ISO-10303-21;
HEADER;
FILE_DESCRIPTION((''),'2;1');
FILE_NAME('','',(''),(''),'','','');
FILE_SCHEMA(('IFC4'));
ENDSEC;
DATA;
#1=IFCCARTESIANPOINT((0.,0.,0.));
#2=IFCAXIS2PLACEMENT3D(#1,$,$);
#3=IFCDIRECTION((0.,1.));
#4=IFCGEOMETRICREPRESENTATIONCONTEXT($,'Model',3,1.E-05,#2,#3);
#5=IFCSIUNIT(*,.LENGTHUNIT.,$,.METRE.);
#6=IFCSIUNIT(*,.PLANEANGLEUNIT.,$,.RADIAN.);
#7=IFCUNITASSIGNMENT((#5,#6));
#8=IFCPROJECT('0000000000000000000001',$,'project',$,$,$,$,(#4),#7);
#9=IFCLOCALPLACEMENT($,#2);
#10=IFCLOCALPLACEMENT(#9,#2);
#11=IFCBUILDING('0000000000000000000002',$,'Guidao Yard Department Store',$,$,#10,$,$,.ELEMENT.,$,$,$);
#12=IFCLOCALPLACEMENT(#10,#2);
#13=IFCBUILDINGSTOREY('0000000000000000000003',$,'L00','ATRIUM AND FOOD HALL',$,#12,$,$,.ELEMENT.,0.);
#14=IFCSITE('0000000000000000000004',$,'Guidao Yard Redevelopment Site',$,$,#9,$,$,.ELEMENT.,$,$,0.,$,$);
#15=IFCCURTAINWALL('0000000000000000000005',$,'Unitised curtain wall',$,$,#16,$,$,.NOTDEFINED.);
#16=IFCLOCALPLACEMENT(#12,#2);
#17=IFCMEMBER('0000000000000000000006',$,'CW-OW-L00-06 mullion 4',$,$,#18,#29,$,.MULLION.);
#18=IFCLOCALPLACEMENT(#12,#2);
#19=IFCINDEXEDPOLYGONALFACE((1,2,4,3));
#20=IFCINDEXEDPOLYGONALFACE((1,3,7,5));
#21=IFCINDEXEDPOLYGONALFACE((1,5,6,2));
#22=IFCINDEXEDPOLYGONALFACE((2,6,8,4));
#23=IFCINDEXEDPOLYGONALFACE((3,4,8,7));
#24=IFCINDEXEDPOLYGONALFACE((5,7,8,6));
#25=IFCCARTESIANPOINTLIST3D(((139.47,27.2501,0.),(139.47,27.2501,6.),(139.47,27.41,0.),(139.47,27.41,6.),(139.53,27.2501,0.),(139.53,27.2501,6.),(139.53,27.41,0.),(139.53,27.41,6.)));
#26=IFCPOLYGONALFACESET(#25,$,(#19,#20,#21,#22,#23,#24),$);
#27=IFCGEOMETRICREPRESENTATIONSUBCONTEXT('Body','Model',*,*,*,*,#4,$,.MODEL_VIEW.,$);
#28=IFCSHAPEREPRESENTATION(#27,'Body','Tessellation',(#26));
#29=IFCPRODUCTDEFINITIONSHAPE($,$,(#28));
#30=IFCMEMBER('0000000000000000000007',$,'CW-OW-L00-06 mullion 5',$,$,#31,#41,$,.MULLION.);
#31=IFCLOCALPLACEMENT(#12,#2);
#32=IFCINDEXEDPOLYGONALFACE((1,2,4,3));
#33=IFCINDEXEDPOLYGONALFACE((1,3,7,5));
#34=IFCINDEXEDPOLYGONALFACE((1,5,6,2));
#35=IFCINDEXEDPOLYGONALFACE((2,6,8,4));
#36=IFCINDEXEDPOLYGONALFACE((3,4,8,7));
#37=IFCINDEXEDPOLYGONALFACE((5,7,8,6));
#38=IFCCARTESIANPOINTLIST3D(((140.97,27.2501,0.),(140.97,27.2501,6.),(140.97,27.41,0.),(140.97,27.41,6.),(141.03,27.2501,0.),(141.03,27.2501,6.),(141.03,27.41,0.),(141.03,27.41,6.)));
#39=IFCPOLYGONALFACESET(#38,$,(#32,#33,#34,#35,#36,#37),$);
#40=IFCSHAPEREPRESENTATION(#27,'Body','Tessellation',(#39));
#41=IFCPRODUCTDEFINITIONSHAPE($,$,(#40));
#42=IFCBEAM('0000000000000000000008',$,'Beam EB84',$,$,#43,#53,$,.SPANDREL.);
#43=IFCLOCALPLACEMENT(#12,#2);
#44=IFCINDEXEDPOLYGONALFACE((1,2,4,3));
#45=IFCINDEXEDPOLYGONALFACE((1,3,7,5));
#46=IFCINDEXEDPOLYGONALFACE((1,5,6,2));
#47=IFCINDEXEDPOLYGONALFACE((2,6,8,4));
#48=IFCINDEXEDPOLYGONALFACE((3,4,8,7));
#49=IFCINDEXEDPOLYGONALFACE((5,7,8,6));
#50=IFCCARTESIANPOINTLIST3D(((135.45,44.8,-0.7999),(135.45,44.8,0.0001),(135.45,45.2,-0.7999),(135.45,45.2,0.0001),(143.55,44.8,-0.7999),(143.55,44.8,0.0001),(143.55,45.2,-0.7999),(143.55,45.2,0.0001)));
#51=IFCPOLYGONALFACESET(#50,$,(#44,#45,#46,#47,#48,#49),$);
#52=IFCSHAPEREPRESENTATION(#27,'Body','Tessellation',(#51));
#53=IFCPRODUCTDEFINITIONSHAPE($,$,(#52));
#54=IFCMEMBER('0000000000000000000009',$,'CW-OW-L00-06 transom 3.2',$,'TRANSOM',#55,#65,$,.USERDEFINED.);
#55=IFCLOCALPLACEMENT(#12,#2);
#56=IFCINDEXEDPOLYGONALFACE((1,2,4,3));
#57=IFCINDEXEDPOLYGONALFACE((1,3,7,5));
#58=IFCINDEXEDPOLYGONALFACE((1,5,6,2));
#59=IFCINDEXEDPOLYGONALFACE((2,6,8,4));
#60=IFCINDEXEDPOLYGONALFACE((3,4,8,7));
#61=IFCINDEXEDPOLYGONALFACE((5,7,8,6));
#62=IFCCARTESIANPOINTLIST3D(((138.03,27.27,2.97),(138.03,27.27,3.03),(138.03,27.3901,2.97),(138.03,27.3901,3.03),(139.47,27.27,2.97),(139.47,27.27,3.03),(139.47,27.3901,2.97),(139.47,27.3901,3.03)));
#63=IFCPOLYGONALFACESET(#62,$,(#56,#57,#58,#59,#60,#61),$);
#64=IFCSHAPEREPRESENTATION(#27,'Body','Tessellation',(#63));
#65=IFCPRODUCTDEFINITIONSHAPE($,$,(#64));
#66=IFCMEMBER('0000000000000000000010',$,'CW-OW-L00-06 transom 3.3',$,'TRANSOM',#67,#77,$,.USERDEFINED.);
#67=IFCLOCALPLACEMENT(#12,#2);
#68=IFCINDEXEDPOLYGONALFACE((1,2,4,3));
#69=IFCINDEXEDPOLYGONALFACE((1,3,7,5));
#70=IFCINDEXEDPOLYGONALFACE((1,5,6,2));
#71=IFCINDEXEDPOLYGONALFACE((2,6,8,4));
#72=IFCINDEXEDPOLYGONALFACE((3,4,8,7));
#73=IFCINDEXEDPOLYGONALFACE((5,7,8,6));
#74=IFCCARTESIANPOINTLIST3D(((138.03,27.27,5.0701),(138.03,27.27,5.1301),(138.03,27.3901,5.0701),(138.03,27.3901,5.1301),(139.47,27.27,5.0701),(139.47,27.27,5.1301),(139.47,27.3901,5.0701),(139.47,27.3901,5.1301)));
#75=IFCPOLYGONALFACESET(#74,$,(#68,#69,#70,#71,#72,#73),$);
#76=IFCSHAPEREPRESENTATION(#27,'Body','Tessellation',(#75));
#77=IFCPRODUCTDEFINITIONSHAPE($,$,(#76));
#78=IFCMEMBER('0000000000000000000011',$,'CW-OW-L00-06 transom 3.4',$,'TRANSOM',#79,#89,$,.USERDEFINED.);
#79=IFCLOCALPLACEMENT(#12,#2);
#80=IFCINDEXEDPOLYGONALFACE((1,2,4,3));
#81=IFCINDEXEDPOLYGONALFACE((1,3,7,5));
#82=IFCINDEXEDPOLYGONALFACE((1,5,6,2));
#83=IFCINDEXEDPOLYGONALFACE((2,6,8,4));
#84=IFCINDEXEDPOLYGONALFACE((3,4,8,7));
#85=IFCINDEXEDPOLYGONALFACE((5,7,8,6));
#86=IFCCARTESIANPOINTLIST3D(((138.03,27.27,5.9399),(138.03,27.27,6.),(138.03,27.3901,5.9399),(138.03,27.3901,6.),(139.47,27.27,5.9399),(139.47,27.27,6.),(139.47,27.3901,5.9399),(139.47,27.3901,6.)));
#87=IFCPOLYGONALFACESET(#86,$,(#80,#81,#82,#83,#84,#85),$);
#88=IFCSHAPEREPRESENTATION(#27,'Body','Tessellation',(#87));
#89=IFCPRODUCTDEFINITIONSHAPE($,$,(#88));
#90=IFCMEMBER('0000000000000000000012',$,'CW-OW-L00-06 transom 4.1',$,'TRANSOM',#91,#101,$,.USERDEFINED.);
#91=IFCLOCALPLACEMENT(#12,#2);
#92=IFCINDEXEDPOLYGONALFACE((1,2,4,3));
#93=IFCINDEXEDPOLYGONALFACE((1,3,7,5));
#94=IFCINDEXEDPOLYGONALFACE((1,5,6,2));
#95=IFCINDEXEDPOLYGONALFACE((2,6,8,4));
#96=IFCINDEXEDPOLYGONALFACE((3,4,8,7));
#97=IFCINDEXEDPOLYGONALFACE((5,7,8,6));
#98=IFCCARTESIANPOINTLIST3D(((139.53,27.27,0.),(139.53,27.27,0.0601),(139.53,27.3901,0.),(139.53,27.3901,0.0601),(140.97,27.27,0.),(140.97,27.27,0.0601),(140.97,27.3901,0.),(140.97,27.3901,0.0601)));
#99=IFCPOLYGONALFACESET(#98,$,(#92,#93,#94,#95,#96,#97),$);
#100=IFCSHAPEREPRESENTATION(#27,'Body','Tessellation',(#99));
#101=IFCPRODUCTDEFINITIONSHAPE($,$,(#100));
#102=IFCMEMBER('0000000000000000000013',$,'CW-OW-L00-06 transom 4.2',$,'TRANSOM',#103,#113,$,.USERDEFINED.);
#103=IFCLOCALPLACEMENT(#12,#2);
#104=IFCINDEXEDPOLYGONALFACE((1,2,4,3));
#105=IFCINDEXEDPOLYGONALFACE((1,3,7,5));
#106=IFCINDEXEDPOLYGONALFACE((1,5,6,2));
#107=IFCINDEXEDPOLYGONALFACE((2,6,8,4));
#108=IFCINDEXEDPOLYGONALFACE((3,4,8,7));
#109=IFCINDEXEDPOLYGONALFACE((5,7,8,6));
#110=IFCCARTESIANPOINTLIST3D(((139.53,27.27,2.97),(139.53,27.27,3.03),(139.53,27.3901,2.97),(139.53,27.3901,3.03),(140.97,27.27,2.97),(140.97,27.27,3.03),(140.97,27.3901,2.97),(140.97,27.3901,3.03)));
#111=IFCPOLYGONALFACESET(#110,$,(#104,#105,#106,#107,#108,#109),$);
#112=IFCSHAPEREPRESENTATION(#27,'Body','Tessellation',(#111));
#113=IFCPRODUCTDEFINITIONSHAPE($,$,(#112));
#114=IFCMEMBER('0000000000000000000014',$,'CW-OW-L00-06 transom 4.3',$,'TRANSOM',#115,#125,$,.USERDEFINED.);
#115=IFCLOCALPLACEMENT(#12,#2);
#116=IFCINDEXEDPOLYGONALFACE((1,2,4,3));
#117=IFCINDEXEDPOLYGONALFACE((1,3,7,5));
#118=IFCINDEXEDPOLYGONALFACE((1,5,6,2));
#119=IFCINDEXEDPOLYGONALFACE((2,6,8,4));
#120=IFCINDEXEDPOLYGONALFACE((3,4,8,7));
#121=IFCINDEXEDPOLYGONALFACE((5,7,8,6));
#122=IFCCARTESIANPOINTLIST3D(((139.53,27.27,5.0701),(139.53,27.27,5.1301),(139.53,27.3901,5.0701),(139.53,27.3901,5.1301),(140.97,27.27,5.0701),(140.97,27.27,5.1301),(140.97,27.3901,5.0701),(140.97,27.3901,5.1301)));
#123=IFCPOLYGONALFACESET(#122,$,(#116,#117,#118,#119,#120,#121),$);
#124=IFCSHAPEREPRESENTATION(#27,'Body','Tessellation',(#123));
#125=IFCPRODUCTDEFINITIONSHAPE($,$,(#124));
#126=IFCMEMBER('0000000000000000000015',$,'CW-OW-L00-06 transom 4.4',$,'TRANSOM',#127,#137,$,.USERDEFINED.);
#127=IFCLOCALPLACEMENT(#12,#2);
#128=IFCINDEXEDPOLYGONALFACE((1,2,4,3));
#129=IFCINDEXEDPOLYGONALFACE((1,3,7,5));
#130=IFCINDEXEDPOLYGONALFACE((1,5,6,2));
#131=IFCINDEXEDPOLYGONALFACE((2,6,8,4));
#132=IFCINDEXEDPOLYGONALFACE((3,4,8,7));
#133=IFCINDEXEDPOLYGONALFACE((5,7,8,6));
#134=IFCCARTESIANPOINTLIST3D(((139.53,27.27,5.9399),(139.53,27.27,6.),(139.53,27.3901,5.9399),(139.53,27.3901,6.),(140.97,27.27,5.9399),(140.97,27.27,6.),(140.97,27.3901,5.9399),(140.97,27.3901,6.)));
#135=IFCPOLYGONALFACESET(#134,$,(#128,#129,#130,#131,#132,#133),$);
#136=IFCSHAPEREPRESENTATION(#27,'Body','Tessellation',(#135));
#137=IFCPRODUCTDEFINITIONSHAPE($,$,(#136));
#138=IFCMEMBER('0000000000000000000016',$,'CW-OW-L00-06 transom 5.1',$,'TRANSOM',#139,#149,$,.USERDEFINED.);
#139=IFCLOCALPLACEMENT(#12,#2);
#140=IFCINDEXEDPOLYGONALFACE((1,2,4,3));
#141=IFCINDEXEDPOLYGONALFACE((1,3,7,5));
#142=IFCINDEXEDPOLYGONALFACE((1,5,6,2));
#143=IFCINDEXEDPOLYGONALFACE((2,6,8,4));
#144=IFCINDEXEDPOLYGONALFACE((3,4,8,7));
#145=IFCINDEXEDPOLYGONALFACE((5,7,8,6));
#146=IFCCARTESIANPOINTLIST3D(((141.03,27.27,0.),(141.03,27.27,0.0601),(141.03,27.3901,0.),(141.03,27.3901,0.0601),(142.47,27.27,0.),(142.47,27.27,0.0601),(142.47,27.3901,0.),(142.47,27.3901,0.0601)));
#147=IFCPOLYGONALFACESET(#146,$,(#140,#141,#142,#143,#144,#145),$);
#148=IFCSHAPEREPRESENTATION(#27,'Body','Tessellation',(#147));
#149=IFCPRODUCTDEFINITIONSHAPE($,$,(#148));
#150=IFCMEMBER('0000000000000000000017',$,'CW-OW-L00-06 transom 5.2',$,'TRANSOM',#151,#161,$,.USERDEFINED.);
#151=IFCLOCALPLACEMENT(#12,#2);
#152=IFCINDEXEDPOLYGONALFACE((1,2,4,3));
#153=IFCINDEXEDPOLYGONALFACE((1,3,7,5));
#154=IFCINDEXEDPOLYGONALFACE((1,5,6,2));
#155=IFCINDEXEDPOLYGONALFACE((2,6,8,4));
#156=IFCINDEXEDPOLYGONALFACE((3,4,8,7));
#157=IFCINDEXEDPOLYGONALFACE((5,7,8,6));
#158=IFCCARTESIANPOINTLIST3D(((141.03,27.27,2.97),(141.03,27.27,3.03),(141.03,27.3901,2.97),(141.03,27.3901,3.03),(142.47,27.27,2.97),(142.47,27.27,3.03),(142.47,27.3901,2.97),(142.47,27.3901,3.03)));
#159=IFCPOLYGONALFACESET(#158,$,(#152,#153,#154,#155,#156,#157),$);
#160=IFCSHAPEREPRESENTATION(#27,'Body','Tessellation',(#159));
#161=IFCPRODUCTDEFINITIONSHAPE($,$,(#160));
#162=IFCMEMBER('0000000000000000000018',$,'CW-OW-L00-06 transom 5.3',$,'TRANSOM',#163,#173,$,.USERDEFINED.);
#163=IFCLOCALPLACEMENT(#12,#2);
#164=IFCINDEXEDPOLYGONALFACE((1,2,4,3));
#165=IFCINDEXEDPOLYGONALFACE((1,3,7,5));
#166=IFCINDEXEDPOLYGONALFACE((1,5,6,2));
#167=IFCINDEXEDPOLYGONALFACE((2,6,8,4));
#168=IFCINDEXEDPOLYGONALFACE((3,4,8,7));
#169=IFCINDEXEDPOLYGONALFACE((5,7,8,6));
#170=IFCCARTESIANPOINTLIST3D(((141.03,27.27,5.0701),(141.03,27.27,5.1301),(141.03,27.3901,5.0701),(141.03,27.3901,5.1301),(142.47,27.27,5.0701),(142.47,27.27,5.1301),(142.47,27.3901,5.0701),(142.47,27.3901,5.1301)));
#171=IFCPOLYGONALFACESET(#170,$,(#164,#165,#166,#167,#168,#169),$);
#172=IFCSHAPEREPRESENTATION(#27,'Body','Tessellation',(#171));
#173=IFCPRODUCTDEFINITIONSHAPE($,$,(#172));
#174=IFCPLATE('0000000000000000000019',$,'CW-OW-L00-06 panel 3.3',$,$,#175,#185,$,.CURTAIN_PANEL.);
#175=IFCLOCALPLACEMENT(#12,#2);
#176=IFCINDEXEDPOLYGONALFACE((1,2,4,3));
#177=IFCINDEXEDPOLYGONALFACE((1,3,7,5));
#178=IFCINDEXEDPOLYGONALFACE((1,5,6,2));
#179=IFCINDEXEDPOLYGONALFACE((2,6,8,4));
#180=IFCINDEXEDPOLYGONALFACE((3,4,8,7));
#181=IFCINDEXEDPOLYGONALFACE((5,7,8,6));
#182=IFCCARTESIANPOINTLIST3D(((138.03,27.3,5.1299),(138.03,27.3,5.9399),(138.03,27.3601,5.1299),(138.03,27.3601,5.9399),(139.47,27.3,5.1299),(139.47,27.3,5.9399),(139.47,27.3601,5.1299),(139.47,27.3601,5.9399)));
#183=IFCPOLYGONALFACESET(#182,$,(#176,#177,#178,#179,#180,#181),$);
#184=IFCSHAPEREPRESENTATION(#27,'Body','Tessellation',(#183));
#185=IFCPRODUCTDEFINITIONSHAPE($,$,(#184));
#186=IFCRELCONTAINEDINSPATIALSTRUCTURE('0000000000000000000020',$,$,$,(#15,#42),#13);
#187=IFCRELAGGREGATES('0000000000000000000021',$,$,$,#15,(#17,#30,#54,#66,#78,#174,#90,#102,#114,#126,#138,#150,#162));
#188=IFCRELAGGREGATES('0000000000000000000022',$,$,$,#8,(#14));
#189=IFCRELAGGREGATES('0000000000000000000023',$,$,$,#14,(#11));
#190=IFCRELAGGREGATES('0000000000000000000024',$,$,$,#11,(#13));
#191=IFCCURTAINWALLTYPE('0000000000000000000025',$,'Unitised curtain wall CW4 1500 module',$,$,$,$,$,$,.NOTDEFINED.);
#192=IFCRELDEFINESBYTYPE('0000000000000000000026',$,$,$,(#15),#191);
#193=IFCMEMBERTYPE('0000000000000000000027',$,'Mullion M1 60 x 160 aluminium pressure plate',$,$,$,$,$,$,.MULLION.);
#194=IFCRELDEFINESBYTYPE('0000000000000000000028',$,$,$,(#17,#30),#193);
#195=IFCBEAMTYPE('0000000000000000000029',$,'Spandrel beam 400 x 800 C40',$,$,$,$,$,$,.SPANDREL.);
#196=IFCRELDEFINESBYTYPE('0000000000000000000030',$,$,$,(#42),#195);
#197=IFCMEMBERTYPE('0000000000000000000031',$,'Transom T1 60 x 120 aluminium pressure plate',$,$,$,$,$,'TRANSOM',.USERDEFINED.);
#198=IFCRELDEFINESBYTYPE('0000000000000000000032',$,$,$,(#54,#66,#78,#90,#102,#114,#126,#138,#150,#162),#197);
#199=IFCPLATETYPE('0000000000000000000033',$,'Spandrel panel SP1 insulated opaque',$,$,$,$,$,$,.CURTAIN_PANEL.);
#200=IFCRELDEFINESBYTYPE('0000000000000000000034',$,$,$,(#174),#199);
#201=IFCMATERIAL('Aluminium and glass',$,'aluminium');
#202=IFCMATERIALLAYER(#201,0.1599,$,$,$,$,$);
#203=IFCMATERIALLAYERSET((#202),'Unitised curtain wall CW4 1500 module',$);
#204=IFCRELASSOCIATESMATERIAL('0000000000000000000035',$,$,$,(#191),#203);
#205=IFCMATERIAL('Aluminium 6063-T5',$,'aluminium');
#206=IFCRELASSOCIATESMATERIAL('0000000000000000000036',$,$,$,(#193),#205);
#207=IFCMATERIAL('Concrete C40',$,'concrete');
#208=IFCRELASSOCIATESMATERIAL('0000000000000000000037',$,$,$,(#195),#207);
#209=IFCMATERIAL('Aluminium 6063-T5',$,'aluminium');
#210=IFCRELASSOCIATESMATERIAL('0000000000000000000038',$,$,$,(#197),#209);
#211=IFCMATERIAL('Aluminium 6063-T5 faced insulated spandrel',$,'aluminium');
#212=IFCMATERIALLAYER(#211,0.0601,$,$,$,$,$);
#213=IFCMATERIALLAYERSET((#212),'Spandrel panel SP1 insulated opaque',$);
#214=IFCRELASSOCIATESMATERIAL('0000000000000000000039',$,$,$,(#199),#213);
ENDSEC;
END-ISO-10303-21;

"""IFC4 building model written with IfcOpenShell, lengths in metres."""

from ifc_helpers import new_model, si_unit, direction, frame, origin, origin_2d, place, context, subcontext, project, spatial, rectangle, extrude, material, layer, layer_set, material_profile, profile_set, type_object, element, aggregate, save


model = new_model("IFC4")

# Units and contexts
model_context = context("Model", 3, precision=1e-05, world=origin(), true_north=direction((0.0, 1.0)))
body_context = subcontext(model_context, "Body", "Model", "MODEL_VIEW")
ifc_project = project(units=[si_unit("LENGTHUNIT", "METRE"), si_unit("PLANEANGLEUNIT", "RADIAN")], contexts=[model_context])

# Site, building, storey
site_placement = place(None, origin())
site = spatial("IfcSite", under=ifc_project, at=site_placement, Name="Guidao Yard Redevelopment Site", CompositionType="ELEMENT", RefElevation=0.0)
building_placement = place(site_placement, origin())
building = spatial("IfcBuilding", under=site, at=building_placement, Name="Guidao Yard Department Store", CompositionType="ELEMENT")
storey_placement = place(building_placement, origin())
storey = spatial("IfcBuildingStorey", under=building, at=storey_placement, Name="L00", Description="ATRIUM AND FOOD HALL", CompositionType="ELEMENT", Elevation=0.0)

# Curtain wall, members
ifc_material_1 = material(Name="Aluminium and glass", Category="aluminium")
ifc_layer_1 = layer(ifc_material_1, 0.1599)
ifc_layer_set_1 = layer_set([ifc_layer_1], Name="Unitised curtain wall CW4 1500 module")
curtain_wall_type = type_object("IfcCurtainWallType", Name="Unitised curtain wall CW4 1500 module", PredefinedType="NOTDEFINED", material=ifc_layer_set_1)
curtain_wall_placement = place(storey_placement, origin())
curtain_wall = element("IfcCurtainWall", 1, at=curtain_wall_placement, inside=storey, type_object=curtain_wall_type, Name="Unitised curtain wall", PredefinedType="NOTDEFINED")
ifc_material_2 = material(Name="Aluminium 6063-T5", Category="aluminium")
ifc_material_profile_1 = material_profile(ifc_material_2, rectangle(XDim=0.0601, YDim=0.1599, at=origin_2d()), Name="Mullion M1 60 x 160 aluminium pressure plate")
ifc_profile_set_1 = profile_set([ifc_material_profile_1], Name="Aluminium 6063-T5")
member_type_1 = type_object("IfcMemberType", Name="Mullion M1 60 x 160 aluminium pressure plate", PredefinedType="MULLION", material=ifc_profile_set_1)
member_1_placement = place(storey_placement, frame((139.5, 27.3301, 0.0), z_axis=(0.0, 0.0, 1.0), x_axis=(1.0, 0.0, 0.0)))
member_1 = element("IfcMember", 2, at=member_1_placement, type_object=member_type_1, Name="CW-OW-L00-06 mullion 4", PredefinedType="MULLION", context=body_context, shape_type="SweptSolid", body=[
    extrude(rectangle(XDim=0.0601, YDim=0.1599, at=origin_2d()), origin(), (0.0, 0.0, 1.0), 6.0),
])
member_2_placement = place(storey_placement, frame((141.0, 27.3301, 0.0), z_axis=(0.0, 0.0, 1.0), x_axis=(1.0, 0.0, 0.0)))
member_2 = element("IfcMember", 3, at=member_2_placement, type_object=member_type_1, Name="CW-OW-L00-06 mullion 5", PredefinedType="MULLION", context=body_context, shape_type="SweptSolid", body=[
    extrude(rectangle(XDim=0.0601, YDim=0.1599, at=origin_2d()), origin(), (0.0, 0.0, 1.0), 6.0),
])

# Beam
ifc_material_3 = material(Name="Concrete C40", Category="concrete")
ifc_material_profile_2 = material_profile(ifc_material_3, rectangle(XDim=0.3999, YDim=0.8, at=origin_2d()), Name="Spandrel beam 400 x 800 C40")
ifc_profile_set_2 = profile_set([ifc_material_profile_2], Name="Concrete C40")
beam_type = type_object("IfcBeamType", Name="Spandrel beam 400 x 800 C40", PredefinedType="SPANDREL", material=ifc_profile_set_2)
beam_placement = place(storey_placement, frame((135.45, 45.0, -0.3999), z_axis=(1.0, 0.0, 0.0), x_axis=(0.0, 1.0, 0.0)))
element("IfcBeam", 4, at=beam_placement, inside=storey, type_object=beam_type, Name="Beam EB84", PredefinedType="SPANDREL", context=body_context, shape_type="SweptSolid", body=[
    extrude(rectangle(XDim=0.3999, YDim=0.8, at=origin_2d()), origin(), (0.0, 0.0, 1.0), 8.1001),
])

# Members
ifc_material_4 = material(Name="Aluminium 6063-T5", Category="aluminium")
ifc_material_profile_3 = material_profile(ifc_material_4, rectangle(XDim=0.1201, YDim=0.0601, at=origin_2d()), Name="Transom T1 60 x 120 aluminium pressure plate")
ifc_profile_set_3 = profile_set([ifc_material_profile_3], Name="Aluminium 6063-T5")
member_type_2 = type_object("IfcMemberType", Name="Transom T1 60 x 120 aluminium pressure plate", ElementType="TRANSOM", PredefinedType="USERDEFINED", material=ifc_profile_set_3)
member_3_placement = place(storey_placement, frame((138.03, 27.3301, 3.0), z_axis=(1.0, 0.0, 0.0), x_axis=(0.0, 1.0, 0.0)))
member_3 = element("IfcMember", 5, at=member_3_placement, type_object=member_type_2, Name="CW-OW-L00-06 transom 3.2", ObjectType="TRANSOM", PredefinedType="USERDEFINED", context=body_context, shape_type="SweptSolid", body=[
    extrude(rectangle(XDim=0.1201, YDim=0.0601, at=origin_2d()), origin(), (0.0, 0.0, 1.0), 1.4399),
])
member_4_placement = place(storey_placement, frame((138.03, 27.3301, 5.1001), z_axis=(1.0, 0.0, 0.0), x_axis=(0.0, 1.0, 0.0)))
member_4 = element("IfcMember", 6, at=member_4_placement, type_object=member_type_2, Name="CW-OW-L00-06 transom 3.3", ObjectType="TRANSOM", PredefinedType="USERDEFINED", context=body_context, shape_type="SweptSolid", body=[
    extrude(rectangle(XDim=0.1201, YDim=0.0601, at=origin_2d()), origin(), (0.0, 0.0, 1.0), 1.4399),
])
member_5_placement = place(storey_placement, frame((138.03, 27.3301, 5.97), z_axis=(1.0, 0.0, 0.0), x_axis=(0.0, 1.0, 0.0)))
member_5 = element("IfcMember", 7, at=member_5_placement, type_object=member_type_2, Name="CW-OW-L00-06 transom 3.4", ObjectType="TRANSOM", PredefinedType="USERDEFINED", context=body_context, shape_type="SweptSolid", body=[
    extrude(rectangle(XDim=0.1201, YDim=0.0601, at=origin_2d()), origin(), (0.0, 0.0, 1.0), 1.4399),
])
member_6_placement = place(storey_placement, frame((139.53, 27.3301, 0.03), z_axis=(1.0, 0.0, 0.0), x_axis=(0.0, 1.0, 0.0)))
member_6 = element("IfcMember", 8, at=member_6_placement, type_object=member_type_2, Name="CW-OW-L00-06 transom 4.1", ObjectType="TRANSOM", PredefinedType="USERDEFINED", context=body_context, shape_type="SweptSolid", body=[
    extrude(rectangle(XDim=0.1201, YDim=0.0601, at=origin_2d()), origin(), (0.0, 0.0, 1.0), 1.4399),
])
member_7_placement = place(storey_placement, frame((139.53, 27.3301, 3.0), z_axis=(1.0, 0.0, 0.0), x_axis=(0.0, 1.0, 0.0)))
member_7 = element("IfcMember", 9, at=member_7_placement, type_object=member_type_2, Name="CW-OW-L00-06 transom 4.2", ObjectType="TRANSOM", PredefinedType="USERDEFINED", context=body_context, shape_type="SweptSolid", body=[
    extrude(rectangle(XDim=0.1201, YDim=0.0601, at=origin_2d()), origin(), (0.0, 0.0, 1.0), 1.4399),
])
member_8_placement = place(storey_placement, frame((139.53, 27.3301, 5.1001), z_axis=(1.0, 0.0, 0.0), x_axis=(0.0, 1.0, 0.0)))
member_8 = element("IfcMember", 10, at=member_8_placement, type_object=member_type_2, Name="CW-OW-L00-06 transom 4.3", ObjectType="TRANSOM", PredefinedType="USERDEFINED", context=body_context, shape_type="SweptSolid", body=[
    extrude(rectangle(XDim=0.1201, YDim=0.0601, at=origin_2d()), origin(), (0.0, 0.0, 1.0), 1.4399),
])
member_9_placement = place(storey_placement, frame((139.53, 27.3301, 5.97), z_axis=(1.0, 0.0, 0.0), x_axis=(0.0, 1.0, 0.0)))
member_9 = element("IfcMember", 11, at=member_9_placement, type_object=member_type_2, Name="CW-OW-L00-06 transom 4.4", ObjectType="TRANSOM", PredefinedType="USERDEFINED", context=body_context, shape_type="SweptSolid", body=[
    extrude(rectangle(XDim=0.1201, YDim=0.0601, at=origin_2d()), origin(), (0.0, 0.0, 1.0), 1.4399),
])
member_10_placement = place(storey_placement, frame((141.03, 27.3301, 0.03), z_axis=(1.0, 0.0, 0.0), x_axis=(0.0, 1.0, 0.0)))
member_10 = element("IfcMember", 12, at=member_10_placement, type_object=member_type_2, Name="CW-OW-L00-06 transom 5.1", ObjectType="TRANSOM", PredefinedType="USERDEFINED", context=body_context, shape_type="SweptSolid", body=[
    extrude(rectangle(XDim=0.1201, YDim=0.0601, at=origin_2d()), origin(), (0.0, 0.0, 1.0), 1.4399),
])
member_11_placement = place(storey_placement, frame((141.03, 27.3301, 3.0), z_axis=(1.0, 0.0, 0.0), x_axis=(0.0, 1.0, 0.0)))
member_11 = element("IfcMember", 13, at=member_11_placement, type_object=member_type_2, Name="CW-OW-L00-06 transom 5.2", ObjectType="TRANSOM", PredefinedType="USERDEFINED", context=body_context, shape_type="SweptSolid", body=[
    extrude(rectangle(XDim=0.1201, YDim=0.0601, at=origin_2d()), origin(), (0.0, 0.0, 1.0), 1.4399),
])
member_12_placement = place(storey_placement, frame((141.03, 27.3301, 5.1001), z_axis=(1.0, 0.0, 0.0), x_axis=(0.0, 1.0, 0.0)))
member_12 = element("IfcMember", 14, at=member_12_placement, type_object=member_type_2, Name="CW-OW-L00-06 transom 5.3", ObjectType="TRANSOM", PredefinedType="USERDEFINED", context=body_context, shape_type="SweptSolid", body=[
    extrude(rectangle(XDim=0.1201, YDim=0.0601, at=origin_2d()), origin(), (0.0, 0.0, 1.0), 1.4399),
])

# Plate
ifc_material_5 = material(Name="Aluminium 6063-T5 faced insulated spandrel", Category="aluminium")
ifc_layer_2 = layer(ifc_material_5, 0.0601)
ifc_layer_set_2 = layer_set([ifc_layer_2], Name="Spandrel panel SP1 insulated opaque")
plate_type_1 = type_object("IfcPlateType", Name="Spandrel panel SP1 insulated opaque", PredefinedType="CURTAIN_PANEL", material=ifc_layer_set_2)
plate_1_placement = place(storey_placement, frame((138.75, 27.3301, 5.1299), z_axis=(0.0, 0.0, 1.0), x_axis=(1.0, 0.0, 0.0)))
plate_1 = element("IfcPlate", 15, at=plate_1_placement, type_object=plate_type_1, Name="CW-OW-L00-06 panel 3.3", PredefinedType="CURTAIN_PANEL", context=body_context, shape_type="SweptSolid", body=[
    extrude(rectangle(XDim=1.4399, YDim=0.0601, at=origin_2d()), origin(), (0.0, 0.0, 1.0), 0.8101),
])
aggregate(curtain_wall, [member_1, member_2, member_3, member_4, member_5, plate_1, member_6, member_7, member_8, member_9, member_10, member_11, member_12])

save(model, "model.ifc")
